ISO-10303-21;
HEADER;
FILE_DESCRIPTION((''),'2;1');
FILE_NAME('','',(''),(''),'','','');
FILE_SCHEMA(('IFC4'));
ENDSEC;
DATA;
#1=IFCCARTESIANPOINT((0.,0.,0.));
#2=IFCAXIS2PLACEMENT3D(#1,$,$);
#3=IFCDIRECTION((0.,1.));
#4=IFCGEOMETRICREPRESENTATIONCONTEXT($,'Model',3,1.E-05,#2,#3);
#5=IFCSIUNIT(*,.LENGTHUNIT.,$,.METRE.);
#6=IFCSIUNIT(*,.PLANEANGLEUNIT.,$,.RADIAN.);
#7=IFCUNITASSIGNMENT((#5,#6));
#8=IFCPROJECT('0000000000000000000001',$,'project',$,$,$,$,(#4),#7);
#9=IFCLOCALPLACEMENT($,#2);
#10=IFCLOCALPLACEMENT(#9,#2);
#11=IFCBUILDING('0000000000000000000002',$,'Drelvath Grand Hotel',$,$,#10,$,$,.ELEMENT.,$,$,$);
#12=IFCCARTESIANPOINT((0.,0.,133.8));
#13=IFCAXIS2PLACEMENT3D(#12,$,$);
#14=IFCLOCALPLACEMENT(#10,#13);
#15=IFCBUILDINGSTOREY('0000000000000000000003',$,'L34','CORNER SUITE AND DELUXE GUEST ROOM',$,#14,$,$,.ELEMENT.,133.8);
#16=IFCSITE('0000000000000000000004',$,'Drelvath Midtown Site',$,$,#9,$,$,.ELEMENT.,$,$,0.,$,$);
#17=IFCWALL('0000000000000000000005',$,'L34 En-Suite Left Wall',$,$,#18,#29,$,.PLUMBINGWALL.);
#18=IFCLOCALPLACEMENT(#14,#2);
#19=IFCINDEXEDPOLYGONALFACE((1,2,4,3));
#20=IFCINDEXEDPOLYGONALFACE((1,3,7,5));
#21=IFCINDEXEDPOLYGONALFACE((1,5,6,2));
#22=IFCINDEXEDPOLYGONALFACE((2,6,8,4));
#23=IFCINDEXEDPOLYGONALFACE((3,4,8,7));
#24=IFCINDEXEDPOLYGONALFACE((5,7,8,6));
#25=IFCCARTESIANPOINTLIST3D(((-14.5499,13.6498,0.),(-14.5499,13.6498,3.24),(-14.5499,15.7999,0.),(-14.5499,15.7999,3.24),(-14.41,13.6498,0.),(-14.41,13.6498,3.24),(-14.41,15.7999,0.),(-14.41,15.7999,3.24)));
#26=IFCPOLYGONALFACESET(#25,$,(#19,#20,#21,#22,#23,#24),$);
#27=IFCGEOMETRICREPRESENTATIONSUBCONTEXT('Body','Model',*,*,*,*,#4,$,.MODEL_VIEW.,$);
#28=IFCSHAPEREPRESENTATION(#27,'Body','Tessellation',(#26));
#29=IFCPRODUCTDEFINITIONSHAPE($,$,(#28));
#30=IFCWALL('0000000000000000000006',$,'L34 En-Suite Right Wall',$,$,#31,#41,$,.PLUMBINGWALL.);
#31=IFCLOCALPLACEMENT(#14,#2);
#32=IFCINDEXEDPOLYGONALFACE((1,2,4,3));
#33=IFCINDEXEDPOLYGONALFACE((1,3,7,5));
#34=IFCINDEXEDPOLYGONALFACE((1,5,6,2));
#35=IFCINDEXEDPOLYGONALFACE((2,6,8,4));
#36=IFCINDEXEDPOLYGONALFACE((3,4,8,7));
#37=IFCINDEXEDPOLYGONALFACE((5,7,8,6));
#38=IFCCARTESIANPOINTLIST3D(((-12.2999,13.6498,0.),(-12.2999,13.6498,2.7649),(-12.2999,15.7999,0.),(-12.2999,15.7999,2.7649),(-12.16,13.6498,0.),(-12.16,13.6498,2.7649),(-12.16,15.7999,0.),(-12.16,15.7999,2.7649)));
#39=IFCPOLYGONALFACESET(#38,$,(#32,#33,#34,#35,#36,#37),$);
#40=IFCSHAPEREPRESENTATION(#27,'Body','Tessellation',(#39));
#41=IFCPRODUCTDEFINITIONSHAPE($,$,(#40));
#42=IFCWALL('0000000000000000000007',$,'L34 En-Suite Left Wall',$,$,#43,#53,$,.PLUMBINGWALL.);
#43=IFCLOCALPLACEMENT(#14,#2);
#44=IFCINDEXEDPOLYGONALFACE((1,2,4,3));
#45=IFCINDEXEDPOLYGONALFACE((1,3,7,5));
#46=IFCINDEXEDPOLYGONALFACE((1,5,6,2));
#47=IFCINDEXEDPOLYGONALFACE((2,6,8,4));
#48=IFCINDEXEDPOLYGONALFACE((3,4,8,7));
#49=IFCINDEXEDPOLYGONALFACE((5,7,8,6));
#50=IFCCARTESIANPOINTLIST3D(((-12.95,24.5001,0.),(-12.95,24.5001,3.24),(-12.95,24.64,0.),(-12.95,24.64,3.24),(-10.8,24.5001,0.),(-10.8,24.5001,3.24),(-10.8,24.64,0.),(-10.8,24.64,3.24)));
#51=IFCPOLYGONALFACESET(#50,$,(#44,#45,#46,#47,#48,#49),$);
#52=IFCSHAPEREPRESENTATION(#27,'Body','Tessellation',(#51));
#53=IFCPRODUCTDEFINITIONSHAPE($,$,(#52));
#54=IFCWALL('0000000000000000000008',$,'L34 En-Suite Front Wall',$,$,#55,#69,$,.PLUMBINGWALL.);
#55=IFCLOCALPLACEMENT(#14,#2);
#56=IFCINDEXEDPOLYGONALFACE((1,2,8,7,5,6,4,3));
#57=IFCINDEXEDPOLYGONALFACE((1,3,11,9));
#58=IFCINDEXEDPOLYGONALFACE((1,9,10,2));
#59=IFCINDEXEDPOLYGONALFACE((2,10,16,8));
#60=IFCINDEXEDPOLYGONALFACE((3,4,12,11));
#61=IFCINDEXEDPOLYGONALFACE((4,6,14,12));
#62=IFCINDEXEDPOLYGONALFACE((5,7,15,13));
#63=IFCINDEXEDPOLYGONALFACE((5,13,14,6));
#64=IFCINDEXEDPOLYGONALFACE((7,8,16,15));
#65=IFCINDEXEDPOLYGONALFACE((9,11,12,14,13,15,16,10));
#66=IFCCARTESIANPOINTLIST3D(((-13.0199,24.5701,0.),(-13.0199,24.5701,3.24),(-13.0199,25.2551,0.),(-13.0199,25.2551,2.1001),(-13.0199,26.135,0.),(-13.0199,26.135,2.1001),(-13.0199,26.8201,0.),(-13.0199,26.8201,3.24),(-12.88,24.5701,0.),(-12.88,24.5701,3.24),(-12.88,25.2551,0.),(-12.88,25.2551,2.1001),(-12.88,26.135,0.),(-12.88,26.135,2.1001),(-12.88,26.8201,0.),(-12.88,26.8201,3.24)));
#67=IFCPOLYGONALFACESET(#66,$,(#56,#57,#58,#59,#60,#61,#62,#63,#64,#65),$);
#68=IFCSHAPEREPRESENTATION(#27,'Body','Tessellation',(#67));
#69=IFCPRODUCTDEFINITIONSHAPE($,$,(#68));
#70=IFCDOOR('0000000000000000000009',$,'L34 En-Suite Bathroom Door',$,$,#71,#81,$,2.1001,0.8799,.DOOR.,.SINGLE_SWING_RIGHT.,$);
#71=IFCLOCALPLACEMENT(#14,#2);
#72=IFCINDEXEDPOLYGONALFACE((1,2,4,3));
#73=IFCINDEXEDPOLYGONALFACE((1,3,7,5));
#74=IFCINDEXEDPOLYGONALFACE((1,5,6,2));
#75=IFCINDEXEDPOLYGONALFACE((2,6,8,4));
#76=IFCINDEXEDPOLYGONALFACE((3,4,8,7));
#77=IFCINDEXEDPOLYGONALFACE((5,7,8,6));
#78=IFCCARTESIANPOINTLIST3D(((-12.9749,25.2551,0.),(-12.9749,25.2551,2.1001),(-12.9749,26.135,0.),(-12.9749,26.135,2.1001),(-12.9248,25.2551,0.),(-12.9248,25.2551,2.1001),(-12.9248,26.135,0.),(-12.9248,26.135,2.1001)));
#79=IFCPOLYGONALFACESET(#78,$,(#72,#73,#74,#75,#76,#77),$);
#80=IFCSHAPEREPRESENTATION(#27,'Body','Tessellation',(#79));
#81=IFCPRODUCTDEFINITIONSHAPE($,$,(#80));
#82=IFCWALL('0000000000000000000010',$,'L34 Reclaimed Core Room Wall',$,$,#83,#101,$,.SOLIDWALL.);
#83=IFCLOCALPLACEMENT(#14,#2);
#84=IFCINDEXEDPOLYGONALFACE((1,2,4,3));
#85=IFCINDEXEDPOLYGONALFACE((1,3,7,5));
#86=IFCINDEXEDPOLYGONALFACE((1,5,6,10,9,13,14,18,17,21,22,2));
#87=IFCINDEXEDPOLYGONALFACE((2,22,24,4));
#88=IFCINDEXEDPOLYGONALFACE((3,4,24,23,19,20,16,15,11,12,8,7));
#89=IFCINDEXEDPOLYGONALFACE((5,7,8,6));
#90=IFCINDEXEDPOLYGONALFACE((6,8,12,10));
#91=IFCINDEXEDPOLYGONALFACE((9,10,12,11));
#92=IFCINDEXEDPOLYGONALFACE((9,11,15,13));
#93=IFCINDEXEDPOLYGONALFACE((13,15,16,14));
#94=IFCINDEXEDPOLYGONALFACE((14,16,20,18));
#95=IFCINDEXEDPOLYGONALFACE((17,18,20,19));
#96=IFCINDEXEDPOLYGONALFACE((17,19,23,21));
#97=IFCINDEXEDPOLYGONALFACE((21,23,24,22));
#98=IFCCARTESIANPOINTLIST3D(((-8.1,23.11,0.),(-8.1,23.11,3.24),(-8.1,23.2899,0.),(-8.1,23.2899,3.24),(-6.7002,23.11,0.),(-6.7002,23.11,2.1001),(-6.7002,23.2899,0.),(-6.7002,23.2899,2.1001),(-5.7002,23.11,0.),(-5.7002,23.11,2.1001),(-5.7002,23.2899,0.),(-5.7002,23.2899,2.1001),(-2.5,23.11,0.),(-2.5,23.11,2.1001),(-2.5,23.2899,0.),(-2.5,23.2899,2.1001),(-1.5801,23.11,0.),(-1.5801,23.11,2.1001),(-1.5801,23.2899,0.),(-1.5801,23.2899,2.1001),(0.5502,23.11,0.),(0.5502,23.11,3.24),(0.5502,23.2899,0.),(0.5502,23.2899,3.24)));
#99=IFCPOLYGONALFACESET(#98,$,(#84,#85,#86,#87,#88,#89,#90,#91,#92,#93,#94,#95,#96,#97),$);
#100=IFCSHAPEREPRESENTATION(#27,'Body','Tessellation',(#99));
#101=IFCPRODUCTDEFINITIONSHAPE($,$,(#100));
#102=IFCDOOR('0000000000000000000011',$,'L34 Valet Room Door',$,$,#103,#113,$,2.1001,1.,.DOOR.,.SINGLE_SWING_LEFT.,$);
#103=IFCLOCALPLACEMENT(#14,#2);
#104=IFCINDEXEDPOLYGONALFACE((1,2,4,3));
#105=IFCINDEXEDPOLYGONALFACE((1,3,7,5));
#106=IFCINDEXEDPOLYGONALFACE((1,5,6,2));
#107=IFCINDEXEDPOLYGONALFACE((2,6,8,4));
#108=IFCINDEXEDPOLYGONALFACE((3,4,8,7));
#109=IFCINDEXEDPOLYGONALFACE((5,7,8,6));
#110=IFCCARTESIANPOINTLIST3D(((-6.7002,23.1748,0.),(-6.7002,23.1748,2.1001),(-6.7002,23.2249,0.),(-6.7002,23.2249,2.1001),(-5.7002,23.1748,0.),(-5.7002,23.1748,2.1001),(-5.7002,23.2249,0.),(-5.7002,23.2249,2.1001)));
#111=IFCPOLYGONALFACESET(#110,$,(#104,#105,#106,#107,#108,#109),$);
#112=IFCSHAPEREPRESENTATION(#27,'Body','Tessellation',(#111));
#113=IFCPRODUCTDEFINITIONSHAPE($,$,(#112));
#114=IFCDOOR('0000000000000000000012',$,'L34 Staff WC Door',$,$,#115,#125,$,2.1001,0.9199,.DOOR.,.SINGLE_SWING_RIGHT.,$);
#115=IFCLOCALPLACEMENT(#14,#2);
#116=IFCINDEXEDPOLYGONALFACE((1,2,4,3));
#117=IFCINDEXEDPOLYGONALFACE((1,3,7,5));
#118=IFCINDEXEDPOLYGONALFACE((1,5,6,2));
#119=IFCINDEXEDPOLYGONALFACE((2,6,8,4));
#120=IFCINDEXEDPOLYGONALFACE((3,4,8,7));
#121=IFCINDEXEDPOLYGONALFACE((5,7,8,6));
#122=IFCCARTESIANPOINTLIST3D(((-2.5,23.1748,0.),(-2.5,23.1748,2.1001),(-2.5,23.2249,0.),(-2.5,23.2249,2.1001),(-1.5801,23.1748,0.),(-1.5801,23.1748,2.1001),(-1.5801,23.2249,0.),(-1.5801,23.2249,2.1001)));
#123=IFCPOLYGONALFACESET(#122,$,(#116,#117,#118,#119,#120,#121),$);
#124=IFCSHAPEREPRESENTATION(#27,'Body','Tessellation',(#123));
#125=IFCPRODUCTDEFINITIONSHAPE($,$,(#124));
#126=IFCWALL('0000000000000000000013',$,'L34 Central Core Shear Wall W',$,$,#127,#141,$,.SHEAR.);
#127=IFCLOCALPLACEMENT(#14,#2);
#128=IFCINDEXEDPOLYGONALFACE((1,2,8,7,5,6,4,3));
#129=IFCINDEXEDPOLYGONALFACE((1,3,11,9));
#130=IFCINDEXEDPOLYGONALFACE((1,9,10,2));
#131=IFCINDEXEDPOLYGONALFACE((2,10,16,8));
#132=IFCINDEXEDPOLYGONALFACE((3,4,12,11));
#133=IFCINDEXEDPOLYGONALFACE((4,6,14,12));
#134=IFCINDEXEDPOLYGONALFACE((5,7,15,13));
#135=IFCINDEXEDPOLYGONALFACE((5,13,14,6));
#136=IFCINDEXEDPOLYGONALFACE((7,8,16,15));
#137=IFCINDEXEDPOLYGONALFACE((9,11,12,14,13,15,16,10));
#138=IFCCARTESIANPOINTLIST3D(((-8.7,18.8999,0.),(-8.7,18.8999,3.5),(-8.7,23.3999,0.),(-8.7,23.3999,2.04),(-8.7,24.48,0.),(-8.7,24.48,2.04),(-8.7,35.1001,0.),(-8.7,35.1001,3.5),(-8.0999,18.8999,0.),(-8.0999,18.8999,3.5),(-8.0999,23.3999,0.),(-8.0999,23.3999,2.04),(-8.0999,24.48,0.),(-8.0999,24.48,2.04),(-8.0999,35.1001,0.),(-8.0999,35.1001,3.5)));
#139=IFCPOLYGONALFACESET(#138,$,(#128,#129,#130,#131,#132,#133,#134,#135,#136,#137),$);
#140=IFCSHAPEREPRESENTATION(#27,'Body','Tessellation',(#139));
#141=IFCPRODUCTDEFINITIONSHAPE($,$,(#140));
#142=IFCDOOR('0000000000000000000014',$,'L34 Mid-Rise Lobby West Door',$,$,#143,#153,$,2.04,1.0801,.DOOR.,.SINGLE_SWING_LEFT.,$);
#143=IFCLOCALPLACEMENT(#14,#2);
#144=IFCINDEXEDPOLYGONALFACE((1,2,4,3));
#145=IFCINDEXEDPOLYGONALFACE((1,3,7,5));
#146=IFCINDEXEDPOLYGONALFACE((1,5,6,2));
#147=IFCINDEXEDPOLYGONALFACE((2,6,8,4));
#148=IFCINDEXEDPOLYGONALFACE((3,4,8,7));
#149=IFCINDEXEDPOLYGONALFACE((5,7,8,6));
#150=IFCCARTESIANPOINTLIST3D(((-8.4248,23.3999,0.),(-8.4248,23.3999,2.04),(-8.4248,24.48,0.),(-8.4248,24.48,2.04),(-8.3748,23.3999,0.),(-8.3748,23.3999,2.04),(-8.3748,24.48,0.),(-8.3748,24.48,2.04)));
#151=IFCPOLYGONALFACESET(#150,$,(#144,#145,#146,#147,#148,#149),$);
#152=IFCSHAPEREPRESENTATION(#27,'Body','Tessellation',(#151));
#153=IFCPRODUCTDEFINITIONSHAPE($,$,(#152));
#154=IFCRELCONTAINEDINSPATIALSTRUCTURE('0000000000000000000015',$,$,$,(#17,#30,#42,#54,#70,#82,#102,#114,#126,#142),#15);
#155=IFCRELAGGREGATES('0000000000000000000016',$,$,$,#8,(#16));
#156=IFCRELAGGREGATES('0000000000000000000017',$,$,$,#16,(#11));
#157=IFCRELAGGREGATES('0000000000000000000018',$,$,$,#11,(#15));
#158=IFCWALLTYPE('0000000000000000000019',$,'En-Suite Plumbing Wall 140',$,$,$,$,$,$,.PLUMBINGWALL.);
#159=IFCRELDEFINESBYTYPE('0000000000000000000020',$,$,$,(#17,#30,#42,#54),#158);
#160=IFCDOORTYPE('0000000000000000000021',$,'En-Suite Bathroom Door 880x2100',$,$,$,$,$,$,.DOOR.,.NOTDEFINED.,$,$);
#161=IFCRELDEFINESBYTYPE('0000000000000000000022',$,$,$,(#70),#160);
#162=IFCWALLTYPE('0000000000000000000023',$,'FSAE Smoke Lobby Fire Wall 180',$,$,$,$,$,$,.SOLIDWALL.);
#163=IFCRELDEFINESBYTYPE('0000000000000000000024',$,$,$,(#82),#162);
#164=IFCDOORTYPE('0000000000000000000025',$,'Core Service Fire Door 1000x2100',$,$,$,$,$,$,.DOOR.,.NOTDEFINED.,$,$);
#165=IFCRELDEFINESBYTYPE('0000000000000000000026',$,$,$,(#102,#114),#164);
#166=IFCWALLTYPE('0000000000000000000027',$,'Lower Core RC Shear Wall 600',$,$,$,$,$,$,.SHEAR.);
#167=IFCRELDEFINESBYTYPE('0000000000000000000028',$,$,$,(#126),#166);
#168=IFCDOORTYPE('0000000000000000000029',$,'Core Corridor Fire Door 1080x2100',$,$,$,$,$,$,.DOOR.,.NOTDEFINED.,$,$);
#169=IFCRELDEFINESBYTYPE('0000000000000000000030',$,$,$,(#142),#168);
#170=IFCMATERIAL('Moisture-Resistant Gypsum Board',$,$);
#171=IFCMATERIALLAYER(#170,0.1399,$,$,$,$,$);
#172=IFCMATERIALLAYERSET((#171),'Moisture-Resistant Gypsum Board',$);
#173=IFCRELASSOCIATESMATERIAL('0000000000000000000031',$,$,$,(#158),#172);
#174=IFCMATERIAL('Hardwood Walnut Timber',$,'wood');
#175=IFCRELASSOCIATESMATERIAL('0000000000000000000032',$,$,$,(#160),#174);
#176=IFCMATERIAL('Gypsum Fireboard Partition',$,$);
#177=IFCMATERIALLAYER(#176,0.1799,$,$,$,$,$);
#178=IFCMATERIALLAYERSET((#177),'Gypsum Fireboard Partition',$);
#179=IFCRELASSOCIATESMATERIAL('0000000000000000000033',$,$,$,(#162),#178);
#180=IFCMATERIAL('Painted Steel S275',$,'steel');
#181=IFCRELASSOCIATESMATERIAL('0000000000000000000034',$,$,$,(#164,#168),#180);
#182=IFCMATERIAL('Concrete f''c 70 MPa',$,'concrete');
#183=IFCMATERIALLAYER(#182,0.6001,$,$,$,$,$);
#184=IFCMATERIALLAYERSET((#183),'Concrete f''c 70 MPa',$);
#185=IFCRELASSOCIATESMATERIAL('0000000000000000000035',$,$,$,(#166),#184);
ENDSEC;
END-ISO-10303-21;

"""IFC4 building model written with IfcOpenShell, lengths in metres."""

from ifc_helpers import new_model, si_unit, direction, frame, frame_2d, origin, place, context, subcontext, project, spatial, rectangle, extrude, material, layer, layer_set, type_object, element, fill, save


model = new_model("IFC4")

# Units and contexts
model_context = context("Model", 3, precision=1e-05, world=origin(), true_north=direction((0.0, 1.0)))
body_context = subcontext(model_context, "Body", "Model", "MODEL_VIEW")
ifc_project = project(units=[si_unit("LENGTHUNIT", "METRE"), si_unit("PLANEANGLEUNIT", "RADIAN")], contexts=[model_context])

# Site, building, storey
site_placement = place(None, origin())
site = spatial("IfcSite", under=ifc_project, at=site_placement, Name="Drelvath Midtown Site", CompositionType="ELEMENT", RefElevation=0.0)
building_placement = place(site_placement, origin())
building = spatial("IfcBuilding", under=site, at=building_placement, Name="Drelvath Grand Hotel", CompositionType="ELEMENT")
storey_placement = place(building_placement, frame((0.0, 0.0, 133.8)))
storey = spatial("IfcBuildingStorey", under=building, at=storey_placement, Name="L34", Description="CORNER SUITE AND DELUXE GUEST ROOM", CompositionType="ELEMENT", Elevation=133.8)

# Shared definitions
ifc_material_1 = material(Name="Concrete f'c 70 MPa", Category="concrete")

# Shared definitions
ifc_material_2 = material(Name="Painted Steel S275", Category="steel")
ifc_material_3 = material(Name="Gypsum Fireboard Partition")

# Shared definitions
ifc_material_4 = material(Name="Hardwood Walnut Timber", Category="wood")

# Shared definitions
ifc_material_5 = material(Name="Moisture-Resistant Gypsum Board")
ifc_layer_1 = layer(ifc_material_5, 0.1399)
ifc_layer_set_1 = layer_set([ifc_layer_1], Name="Moisture-Resistant Gypsum Board")
wall_type_1 = type_object("IfcWallType", Name="En-Suite Plumbing Wall 140", PredefinedType="PLUMBINGWALL", material=ifc_layer_set_1)

# Walls
wall_1_placement = place(storey_placement, frame((-14.48, 15.8, 0.0), z_axis=(0.0, 0.0, 1.0), x_axis=(0.0, -1.0, 0.0)))
element("IfcWall", 1, at=wall_1_placement, inside=storey, type_object=wall_type_1, Name="L34 En-Suite Left Wall", PredefinedType="PLUMBINGWALL", context=body_context, shape_type="SweptSolid", body=[
    extrude(rectangle(XDim=2.1501, YDim=0.1399, at=frame_2d((1.0752, 0.0))), origin(), (0.0, 0.0, 1.0), 3.24),
])
wall_2_placement = place(storey_placement, frame((-12.23, 15.8, 0.0), z_axis=(0.0, 0.0, 1.0), x_axis=(0.0, -1.0, 0.0)))
element("IfcWall", 2, at=wall_2_placement, inside=storey, type_object=wall_type_1, Name="L34 En-Suite Right Wall", PredefinedType="PLUMBINGWALL", context=body_context, shape_type="SweptSolid", body=[
    extrude(rectangle(XDim=2.1501, YDim=0.1399, at=frame_2d((1.0752, 0.0))), origin(), (0.0, 0.0, 1.0), 2.7649),
])
wall_3_placement = place(storey_placement, frame((-10.8, 24.5701, 0.0), z_axis=(0.0, 0.0, 1.0), x_axis=(-1.0, 0.0, 0.0)))
element("IfcWall", 3, at=wall_3_placement, inside=storey, type_object=wall_type_1, Name="L34 En-Suite Left Wall", PredefinedType="PLUMBINGWALL", context=body_context, shape_type="SweptSolid", body=[
    extrude(rectangle(XDim=2.1499, YDim=0.1399, at=frame_2d((1.075, 0.0))), origin(), (0.0, 0.0, 1.0), 3.24),
])

# Wall, opening, door
wall_4_placement = place(storey_placement, frame((-12.95, 24.5701, 0.0), z_axis=(0.0, 0.0, 1.0), x_axis=(0.0, 1.0, 0.0)))
wall_4 = element("IfcWall", 4, at=wall_4_placement, inside=storey, type_object=wall_type_1, Name="L34 En-Suite Front Wall", PredefinedType="PLUMBINGWALL", context=body_context, shape_type="SweptSolid", body=[
    extrude(rectangle(XDim=2.25, YDim=0.1399, at=frame_2d((1.125, 0.0))), origin(), (0.0, 0.0, 1.0), 3.24),
])
opening_1_placement = place(wall_4_placement, frame((0.6851, 0.0, 0.0)))
opening_1 = element("IfcOpeningElement", 5, at=opening_1_placement, cuts=wall_4, PredefinedType="OPENING", context=body_context, shape_type="SweptSolid", body=[
    extrude(rectangle(XDim=0.8799, YDim=2.1001, at=frame_2d((0.4399, 1.05))), frame((0.0, 0.0798, 0.0), z_axis=(0.0, -1.0, 0.0), x_axis=(1.0, 0.0, 0.0)), (0.0, 0.0, 1.0), 0.1599),
])
door_type_1 = type_object("IfcDoorType", Name="En-Suite Bathroom Door 880x2100", OperationType="NOTDEFINED", PredefinedType="DOOR", material=ifc_material_4)
door_1_placement = place(opening_1_placement, origin())
door_1 = element("IfcDoor", 6, at=door_1_placement, inside=storey, type_object=door_type_1, Name="L34 En-Suite Bathroom Door", OperationType="SINGLE_SWING_RIGHT", OverallHeight=2.1001, OverallWidth=0.8799, PredefinedType="DOOR", context=body_context, shape_type="SweptSolid", body=[
    extrude(rectangle(XDim=0.8799, YDim=2.1001, at=frame_2d((0.4399, 1.05))), frame((0.0, 0.0249, 0.0), z_axis=(0.0, -1.0, 0.0), x_axis=(1.0, 0.0, 0.0)), (0.0, 0.0, 1.0), 0.05),
])
fill(opening_1, door_1)

# Wall, openings, doors
ifc_layer_2 = layer(ifc_material_3, 0.1799)
ifc_layer_set_2 = layer_set([ifc_layer_2], Name="Gypsum Fireboard Partition")
wall_type_2 = type_object("IfcWallType", Name="FSAE Smoke Lobby Fire Wall 180", PredefinedType="SOLIDWALL", material=ifc_layer_set_2)
wall_5_placement = place(storey_placement, frame((-8.1001, 23.2, 0.0), z_axis=(0.0, 0.0, 1.0), x_axis=(1.0, 0.0, 0.0)))
wall_5 = element("IfcWall", 7, at=wall_5_placement, inside=storey, type_object=wall_type_2, Name="L34 Reclaimed Core Room Wall", PredefinedType="SOLIDWALL", context=body_context, shape_type="SweptSolid", body=[
    extrude(rectangle(XDim=8.6501, YDim=0.1799, at=frame_2d((4.3252, 0.0))), origin(), (0.0, 0.0, 1.0), 3.24),
])
opening_2_placement = place(wall_5_placement, frame((1.3999, 0.0, 0.0)))
opening_2 = element("IfcOpeningElement", 8, at=opening_2_placement, cuts=wall_5, PredefinedType="OPENING", context=body_context, shape_type="SweptSolid", body=[
    extrude(rectangle(XDim=1.0, YDim=2.1001, at=frame_2d((0.5, 1.05))), frame((0.0, 0.0999, 0.0), z_axis=(0.0, -1.0, 0.0), x_axis=(1.0, 0.0, 0.0)), (0.0, 0.0, 1.0), 0.2),
])
opening_3_placement = place(wall_5_placement, frame((5.6001, 0.0, 0.0)))
opening_3 = element("IfcOpeningElement", 9, at=opening_3_placement, cuts=wall_5, PredefinedType="OPENING", context=body_context, shape_type="SweptSolid", body=[
    extrude(rectangle(XDim=0.9199, YDim=2.1001, at=frame_2d((0.46, 1.05))), frame((0.0, 0.0999, 0.0), z_axis=(0.0, -1.0, 0.0), x_axis=(1.0, 0.0, 0.0)), (0.0, 0.0, 1.0), 0.2),
])
door_type_2 = type_object("IfcDoorType", Name="Core Service Fire Door 1000x2100", OperationType="NOTDEFINED", PredefinedType="DOOR", material=ifc_material_2)
door_2_placement = place(opening_2_placement, origin())
door_2 = element("IfcDoor", 10, at=door_2_placement, inside=storey, type_object=door_type_2, Name="L34 Valet Room Door", OperationType="SINGLE_SWING_LEFT", OverallHeight=2.1001, OverallWidth=1.0, PredefinedType="DOOR", context=body_context, shape_type="SweptSolid", body=[
    extrude(rectangle(XDim=1.0, YDim=2.1001, at=frame_2d((0.5, 1.05))), frame((0.0, 0.0249, 0.0), z_axis=(0.0, -1.0, 0.0), x_axis=(1.0, 0.0, 0.0)), (0.0, 0.0, 1.0), 0.05),
])
fill(opening_2, door_2)
door_3_placement = place(opening_3_placement, origin())
door_3 = element("IfcDoor", 11, at=door_3_placement, inside=storey, type_object=door_type_2, Name="L34 Staff WC Door", OperationType="SINGLE_SWING_RIGHT", OverallHeight=2.1001, OverallWidth=0.9199, PredefinedType="DOOR", context=body_context, shape_type="SweptSolid", body=[
    extrude(rectangle(XDim=0.9199, YDim=2.1001, at=frame_2d((0.46, 1.05))), frame((0.0, 0.0249, 0.0), z_axis=(0.0, -1.0, 0.0), x_axis=(1.0, 0.0, 0.0)), (0.0, 0.0, 1.0), 0.05),
])
fill(opening_3, door_3)

# Wall, opening, door
ifc_layer_3 = layer(ifc_material_1, 0.6001)
ifc_layer_set_3 = layer_set([ifc_layer_3], Name="Concrete f'c 70 MPa")
wall_type_3 = type_object("IfcWallType", Name="Lower Core RC Shear Wall 600", PredefinedType="SHEAR", material=ifc_layer_set_3)
wall_6_placement = place(storey_placement, frame((-8.3999, 18.8999, 0.0), z_axis=(0.0, 0.0, 1.0), x_axis=(0.0, 1.0, 0.0)))
wall_6 = element("IfcWall", 12, at=wall_6_placement, inside=storey, type_object=wall_type_3, Name="L34 Central Core Shear Wall W", PredefinedType="SHEAR", context=body_context, shape_type="SweptSolid", body=[
    extrude(rectangle(XDim=16.2002, YDim=0.6001, at=frame_2d((8.1001, 0.0))), origin(), (0.0, 0.0, 1.0), 3.5),
])
opening_4_placement = place(wall_6_placement, frame((4.5, 0.0, 0.0)))
opening_4 = element("IfcOpeningElement", 13, at=opening_4_placement, cuts=wall_6, PredefinedType="OPENING", context=body_context, shape_type="SweptSolid", body=[
    extrude(rectangle(XDim=1.0801, YDim=2.04, at=frame_2d((0.54, 1.02))), frame((0.0, 0.3101, 0.0), z_axis=(0.0, -1.0, 0.0), x_axis=(1.0, 0.0, 0.0)), (0.0, 0.0, 1.0), 0.6201),
])
door_type_3 = type_object("IfcDoorType", Name="Core Corridor Fire Door 1080x2100", OperationType="NOTDEFINED", PredefinedType="DOOR", material=ifc_material_2)
door_4_placement = place(opening_4_placement, origin())
door_4 = element("IfcDoor", 14, at=door_4_placement, inside=storey, type_object=door_type_3, Name="L34 Mid-Rise Lobby West Door", OperationType="SINGLE_SWING_LEFT", OverallHeight=2.04, OverallWidth=1.0801, PredefinedType="DOOR", context=body_context, shape_type="SweptSolid", body=[
    extrude(rectangle(XDim=1.0801, YDim=2.04, at=frame_2d((0.54, 1.02))), frame((0.0, 0.0249, 0.0), z_axis=(0.0, -1.0, 0.0), x_axis=(1.0, 0.0, 0.0)), (0.0, 0.0, 1.0), 0.05),
])
fill(opening_4, door_4)

save(model, "model.ifc")
